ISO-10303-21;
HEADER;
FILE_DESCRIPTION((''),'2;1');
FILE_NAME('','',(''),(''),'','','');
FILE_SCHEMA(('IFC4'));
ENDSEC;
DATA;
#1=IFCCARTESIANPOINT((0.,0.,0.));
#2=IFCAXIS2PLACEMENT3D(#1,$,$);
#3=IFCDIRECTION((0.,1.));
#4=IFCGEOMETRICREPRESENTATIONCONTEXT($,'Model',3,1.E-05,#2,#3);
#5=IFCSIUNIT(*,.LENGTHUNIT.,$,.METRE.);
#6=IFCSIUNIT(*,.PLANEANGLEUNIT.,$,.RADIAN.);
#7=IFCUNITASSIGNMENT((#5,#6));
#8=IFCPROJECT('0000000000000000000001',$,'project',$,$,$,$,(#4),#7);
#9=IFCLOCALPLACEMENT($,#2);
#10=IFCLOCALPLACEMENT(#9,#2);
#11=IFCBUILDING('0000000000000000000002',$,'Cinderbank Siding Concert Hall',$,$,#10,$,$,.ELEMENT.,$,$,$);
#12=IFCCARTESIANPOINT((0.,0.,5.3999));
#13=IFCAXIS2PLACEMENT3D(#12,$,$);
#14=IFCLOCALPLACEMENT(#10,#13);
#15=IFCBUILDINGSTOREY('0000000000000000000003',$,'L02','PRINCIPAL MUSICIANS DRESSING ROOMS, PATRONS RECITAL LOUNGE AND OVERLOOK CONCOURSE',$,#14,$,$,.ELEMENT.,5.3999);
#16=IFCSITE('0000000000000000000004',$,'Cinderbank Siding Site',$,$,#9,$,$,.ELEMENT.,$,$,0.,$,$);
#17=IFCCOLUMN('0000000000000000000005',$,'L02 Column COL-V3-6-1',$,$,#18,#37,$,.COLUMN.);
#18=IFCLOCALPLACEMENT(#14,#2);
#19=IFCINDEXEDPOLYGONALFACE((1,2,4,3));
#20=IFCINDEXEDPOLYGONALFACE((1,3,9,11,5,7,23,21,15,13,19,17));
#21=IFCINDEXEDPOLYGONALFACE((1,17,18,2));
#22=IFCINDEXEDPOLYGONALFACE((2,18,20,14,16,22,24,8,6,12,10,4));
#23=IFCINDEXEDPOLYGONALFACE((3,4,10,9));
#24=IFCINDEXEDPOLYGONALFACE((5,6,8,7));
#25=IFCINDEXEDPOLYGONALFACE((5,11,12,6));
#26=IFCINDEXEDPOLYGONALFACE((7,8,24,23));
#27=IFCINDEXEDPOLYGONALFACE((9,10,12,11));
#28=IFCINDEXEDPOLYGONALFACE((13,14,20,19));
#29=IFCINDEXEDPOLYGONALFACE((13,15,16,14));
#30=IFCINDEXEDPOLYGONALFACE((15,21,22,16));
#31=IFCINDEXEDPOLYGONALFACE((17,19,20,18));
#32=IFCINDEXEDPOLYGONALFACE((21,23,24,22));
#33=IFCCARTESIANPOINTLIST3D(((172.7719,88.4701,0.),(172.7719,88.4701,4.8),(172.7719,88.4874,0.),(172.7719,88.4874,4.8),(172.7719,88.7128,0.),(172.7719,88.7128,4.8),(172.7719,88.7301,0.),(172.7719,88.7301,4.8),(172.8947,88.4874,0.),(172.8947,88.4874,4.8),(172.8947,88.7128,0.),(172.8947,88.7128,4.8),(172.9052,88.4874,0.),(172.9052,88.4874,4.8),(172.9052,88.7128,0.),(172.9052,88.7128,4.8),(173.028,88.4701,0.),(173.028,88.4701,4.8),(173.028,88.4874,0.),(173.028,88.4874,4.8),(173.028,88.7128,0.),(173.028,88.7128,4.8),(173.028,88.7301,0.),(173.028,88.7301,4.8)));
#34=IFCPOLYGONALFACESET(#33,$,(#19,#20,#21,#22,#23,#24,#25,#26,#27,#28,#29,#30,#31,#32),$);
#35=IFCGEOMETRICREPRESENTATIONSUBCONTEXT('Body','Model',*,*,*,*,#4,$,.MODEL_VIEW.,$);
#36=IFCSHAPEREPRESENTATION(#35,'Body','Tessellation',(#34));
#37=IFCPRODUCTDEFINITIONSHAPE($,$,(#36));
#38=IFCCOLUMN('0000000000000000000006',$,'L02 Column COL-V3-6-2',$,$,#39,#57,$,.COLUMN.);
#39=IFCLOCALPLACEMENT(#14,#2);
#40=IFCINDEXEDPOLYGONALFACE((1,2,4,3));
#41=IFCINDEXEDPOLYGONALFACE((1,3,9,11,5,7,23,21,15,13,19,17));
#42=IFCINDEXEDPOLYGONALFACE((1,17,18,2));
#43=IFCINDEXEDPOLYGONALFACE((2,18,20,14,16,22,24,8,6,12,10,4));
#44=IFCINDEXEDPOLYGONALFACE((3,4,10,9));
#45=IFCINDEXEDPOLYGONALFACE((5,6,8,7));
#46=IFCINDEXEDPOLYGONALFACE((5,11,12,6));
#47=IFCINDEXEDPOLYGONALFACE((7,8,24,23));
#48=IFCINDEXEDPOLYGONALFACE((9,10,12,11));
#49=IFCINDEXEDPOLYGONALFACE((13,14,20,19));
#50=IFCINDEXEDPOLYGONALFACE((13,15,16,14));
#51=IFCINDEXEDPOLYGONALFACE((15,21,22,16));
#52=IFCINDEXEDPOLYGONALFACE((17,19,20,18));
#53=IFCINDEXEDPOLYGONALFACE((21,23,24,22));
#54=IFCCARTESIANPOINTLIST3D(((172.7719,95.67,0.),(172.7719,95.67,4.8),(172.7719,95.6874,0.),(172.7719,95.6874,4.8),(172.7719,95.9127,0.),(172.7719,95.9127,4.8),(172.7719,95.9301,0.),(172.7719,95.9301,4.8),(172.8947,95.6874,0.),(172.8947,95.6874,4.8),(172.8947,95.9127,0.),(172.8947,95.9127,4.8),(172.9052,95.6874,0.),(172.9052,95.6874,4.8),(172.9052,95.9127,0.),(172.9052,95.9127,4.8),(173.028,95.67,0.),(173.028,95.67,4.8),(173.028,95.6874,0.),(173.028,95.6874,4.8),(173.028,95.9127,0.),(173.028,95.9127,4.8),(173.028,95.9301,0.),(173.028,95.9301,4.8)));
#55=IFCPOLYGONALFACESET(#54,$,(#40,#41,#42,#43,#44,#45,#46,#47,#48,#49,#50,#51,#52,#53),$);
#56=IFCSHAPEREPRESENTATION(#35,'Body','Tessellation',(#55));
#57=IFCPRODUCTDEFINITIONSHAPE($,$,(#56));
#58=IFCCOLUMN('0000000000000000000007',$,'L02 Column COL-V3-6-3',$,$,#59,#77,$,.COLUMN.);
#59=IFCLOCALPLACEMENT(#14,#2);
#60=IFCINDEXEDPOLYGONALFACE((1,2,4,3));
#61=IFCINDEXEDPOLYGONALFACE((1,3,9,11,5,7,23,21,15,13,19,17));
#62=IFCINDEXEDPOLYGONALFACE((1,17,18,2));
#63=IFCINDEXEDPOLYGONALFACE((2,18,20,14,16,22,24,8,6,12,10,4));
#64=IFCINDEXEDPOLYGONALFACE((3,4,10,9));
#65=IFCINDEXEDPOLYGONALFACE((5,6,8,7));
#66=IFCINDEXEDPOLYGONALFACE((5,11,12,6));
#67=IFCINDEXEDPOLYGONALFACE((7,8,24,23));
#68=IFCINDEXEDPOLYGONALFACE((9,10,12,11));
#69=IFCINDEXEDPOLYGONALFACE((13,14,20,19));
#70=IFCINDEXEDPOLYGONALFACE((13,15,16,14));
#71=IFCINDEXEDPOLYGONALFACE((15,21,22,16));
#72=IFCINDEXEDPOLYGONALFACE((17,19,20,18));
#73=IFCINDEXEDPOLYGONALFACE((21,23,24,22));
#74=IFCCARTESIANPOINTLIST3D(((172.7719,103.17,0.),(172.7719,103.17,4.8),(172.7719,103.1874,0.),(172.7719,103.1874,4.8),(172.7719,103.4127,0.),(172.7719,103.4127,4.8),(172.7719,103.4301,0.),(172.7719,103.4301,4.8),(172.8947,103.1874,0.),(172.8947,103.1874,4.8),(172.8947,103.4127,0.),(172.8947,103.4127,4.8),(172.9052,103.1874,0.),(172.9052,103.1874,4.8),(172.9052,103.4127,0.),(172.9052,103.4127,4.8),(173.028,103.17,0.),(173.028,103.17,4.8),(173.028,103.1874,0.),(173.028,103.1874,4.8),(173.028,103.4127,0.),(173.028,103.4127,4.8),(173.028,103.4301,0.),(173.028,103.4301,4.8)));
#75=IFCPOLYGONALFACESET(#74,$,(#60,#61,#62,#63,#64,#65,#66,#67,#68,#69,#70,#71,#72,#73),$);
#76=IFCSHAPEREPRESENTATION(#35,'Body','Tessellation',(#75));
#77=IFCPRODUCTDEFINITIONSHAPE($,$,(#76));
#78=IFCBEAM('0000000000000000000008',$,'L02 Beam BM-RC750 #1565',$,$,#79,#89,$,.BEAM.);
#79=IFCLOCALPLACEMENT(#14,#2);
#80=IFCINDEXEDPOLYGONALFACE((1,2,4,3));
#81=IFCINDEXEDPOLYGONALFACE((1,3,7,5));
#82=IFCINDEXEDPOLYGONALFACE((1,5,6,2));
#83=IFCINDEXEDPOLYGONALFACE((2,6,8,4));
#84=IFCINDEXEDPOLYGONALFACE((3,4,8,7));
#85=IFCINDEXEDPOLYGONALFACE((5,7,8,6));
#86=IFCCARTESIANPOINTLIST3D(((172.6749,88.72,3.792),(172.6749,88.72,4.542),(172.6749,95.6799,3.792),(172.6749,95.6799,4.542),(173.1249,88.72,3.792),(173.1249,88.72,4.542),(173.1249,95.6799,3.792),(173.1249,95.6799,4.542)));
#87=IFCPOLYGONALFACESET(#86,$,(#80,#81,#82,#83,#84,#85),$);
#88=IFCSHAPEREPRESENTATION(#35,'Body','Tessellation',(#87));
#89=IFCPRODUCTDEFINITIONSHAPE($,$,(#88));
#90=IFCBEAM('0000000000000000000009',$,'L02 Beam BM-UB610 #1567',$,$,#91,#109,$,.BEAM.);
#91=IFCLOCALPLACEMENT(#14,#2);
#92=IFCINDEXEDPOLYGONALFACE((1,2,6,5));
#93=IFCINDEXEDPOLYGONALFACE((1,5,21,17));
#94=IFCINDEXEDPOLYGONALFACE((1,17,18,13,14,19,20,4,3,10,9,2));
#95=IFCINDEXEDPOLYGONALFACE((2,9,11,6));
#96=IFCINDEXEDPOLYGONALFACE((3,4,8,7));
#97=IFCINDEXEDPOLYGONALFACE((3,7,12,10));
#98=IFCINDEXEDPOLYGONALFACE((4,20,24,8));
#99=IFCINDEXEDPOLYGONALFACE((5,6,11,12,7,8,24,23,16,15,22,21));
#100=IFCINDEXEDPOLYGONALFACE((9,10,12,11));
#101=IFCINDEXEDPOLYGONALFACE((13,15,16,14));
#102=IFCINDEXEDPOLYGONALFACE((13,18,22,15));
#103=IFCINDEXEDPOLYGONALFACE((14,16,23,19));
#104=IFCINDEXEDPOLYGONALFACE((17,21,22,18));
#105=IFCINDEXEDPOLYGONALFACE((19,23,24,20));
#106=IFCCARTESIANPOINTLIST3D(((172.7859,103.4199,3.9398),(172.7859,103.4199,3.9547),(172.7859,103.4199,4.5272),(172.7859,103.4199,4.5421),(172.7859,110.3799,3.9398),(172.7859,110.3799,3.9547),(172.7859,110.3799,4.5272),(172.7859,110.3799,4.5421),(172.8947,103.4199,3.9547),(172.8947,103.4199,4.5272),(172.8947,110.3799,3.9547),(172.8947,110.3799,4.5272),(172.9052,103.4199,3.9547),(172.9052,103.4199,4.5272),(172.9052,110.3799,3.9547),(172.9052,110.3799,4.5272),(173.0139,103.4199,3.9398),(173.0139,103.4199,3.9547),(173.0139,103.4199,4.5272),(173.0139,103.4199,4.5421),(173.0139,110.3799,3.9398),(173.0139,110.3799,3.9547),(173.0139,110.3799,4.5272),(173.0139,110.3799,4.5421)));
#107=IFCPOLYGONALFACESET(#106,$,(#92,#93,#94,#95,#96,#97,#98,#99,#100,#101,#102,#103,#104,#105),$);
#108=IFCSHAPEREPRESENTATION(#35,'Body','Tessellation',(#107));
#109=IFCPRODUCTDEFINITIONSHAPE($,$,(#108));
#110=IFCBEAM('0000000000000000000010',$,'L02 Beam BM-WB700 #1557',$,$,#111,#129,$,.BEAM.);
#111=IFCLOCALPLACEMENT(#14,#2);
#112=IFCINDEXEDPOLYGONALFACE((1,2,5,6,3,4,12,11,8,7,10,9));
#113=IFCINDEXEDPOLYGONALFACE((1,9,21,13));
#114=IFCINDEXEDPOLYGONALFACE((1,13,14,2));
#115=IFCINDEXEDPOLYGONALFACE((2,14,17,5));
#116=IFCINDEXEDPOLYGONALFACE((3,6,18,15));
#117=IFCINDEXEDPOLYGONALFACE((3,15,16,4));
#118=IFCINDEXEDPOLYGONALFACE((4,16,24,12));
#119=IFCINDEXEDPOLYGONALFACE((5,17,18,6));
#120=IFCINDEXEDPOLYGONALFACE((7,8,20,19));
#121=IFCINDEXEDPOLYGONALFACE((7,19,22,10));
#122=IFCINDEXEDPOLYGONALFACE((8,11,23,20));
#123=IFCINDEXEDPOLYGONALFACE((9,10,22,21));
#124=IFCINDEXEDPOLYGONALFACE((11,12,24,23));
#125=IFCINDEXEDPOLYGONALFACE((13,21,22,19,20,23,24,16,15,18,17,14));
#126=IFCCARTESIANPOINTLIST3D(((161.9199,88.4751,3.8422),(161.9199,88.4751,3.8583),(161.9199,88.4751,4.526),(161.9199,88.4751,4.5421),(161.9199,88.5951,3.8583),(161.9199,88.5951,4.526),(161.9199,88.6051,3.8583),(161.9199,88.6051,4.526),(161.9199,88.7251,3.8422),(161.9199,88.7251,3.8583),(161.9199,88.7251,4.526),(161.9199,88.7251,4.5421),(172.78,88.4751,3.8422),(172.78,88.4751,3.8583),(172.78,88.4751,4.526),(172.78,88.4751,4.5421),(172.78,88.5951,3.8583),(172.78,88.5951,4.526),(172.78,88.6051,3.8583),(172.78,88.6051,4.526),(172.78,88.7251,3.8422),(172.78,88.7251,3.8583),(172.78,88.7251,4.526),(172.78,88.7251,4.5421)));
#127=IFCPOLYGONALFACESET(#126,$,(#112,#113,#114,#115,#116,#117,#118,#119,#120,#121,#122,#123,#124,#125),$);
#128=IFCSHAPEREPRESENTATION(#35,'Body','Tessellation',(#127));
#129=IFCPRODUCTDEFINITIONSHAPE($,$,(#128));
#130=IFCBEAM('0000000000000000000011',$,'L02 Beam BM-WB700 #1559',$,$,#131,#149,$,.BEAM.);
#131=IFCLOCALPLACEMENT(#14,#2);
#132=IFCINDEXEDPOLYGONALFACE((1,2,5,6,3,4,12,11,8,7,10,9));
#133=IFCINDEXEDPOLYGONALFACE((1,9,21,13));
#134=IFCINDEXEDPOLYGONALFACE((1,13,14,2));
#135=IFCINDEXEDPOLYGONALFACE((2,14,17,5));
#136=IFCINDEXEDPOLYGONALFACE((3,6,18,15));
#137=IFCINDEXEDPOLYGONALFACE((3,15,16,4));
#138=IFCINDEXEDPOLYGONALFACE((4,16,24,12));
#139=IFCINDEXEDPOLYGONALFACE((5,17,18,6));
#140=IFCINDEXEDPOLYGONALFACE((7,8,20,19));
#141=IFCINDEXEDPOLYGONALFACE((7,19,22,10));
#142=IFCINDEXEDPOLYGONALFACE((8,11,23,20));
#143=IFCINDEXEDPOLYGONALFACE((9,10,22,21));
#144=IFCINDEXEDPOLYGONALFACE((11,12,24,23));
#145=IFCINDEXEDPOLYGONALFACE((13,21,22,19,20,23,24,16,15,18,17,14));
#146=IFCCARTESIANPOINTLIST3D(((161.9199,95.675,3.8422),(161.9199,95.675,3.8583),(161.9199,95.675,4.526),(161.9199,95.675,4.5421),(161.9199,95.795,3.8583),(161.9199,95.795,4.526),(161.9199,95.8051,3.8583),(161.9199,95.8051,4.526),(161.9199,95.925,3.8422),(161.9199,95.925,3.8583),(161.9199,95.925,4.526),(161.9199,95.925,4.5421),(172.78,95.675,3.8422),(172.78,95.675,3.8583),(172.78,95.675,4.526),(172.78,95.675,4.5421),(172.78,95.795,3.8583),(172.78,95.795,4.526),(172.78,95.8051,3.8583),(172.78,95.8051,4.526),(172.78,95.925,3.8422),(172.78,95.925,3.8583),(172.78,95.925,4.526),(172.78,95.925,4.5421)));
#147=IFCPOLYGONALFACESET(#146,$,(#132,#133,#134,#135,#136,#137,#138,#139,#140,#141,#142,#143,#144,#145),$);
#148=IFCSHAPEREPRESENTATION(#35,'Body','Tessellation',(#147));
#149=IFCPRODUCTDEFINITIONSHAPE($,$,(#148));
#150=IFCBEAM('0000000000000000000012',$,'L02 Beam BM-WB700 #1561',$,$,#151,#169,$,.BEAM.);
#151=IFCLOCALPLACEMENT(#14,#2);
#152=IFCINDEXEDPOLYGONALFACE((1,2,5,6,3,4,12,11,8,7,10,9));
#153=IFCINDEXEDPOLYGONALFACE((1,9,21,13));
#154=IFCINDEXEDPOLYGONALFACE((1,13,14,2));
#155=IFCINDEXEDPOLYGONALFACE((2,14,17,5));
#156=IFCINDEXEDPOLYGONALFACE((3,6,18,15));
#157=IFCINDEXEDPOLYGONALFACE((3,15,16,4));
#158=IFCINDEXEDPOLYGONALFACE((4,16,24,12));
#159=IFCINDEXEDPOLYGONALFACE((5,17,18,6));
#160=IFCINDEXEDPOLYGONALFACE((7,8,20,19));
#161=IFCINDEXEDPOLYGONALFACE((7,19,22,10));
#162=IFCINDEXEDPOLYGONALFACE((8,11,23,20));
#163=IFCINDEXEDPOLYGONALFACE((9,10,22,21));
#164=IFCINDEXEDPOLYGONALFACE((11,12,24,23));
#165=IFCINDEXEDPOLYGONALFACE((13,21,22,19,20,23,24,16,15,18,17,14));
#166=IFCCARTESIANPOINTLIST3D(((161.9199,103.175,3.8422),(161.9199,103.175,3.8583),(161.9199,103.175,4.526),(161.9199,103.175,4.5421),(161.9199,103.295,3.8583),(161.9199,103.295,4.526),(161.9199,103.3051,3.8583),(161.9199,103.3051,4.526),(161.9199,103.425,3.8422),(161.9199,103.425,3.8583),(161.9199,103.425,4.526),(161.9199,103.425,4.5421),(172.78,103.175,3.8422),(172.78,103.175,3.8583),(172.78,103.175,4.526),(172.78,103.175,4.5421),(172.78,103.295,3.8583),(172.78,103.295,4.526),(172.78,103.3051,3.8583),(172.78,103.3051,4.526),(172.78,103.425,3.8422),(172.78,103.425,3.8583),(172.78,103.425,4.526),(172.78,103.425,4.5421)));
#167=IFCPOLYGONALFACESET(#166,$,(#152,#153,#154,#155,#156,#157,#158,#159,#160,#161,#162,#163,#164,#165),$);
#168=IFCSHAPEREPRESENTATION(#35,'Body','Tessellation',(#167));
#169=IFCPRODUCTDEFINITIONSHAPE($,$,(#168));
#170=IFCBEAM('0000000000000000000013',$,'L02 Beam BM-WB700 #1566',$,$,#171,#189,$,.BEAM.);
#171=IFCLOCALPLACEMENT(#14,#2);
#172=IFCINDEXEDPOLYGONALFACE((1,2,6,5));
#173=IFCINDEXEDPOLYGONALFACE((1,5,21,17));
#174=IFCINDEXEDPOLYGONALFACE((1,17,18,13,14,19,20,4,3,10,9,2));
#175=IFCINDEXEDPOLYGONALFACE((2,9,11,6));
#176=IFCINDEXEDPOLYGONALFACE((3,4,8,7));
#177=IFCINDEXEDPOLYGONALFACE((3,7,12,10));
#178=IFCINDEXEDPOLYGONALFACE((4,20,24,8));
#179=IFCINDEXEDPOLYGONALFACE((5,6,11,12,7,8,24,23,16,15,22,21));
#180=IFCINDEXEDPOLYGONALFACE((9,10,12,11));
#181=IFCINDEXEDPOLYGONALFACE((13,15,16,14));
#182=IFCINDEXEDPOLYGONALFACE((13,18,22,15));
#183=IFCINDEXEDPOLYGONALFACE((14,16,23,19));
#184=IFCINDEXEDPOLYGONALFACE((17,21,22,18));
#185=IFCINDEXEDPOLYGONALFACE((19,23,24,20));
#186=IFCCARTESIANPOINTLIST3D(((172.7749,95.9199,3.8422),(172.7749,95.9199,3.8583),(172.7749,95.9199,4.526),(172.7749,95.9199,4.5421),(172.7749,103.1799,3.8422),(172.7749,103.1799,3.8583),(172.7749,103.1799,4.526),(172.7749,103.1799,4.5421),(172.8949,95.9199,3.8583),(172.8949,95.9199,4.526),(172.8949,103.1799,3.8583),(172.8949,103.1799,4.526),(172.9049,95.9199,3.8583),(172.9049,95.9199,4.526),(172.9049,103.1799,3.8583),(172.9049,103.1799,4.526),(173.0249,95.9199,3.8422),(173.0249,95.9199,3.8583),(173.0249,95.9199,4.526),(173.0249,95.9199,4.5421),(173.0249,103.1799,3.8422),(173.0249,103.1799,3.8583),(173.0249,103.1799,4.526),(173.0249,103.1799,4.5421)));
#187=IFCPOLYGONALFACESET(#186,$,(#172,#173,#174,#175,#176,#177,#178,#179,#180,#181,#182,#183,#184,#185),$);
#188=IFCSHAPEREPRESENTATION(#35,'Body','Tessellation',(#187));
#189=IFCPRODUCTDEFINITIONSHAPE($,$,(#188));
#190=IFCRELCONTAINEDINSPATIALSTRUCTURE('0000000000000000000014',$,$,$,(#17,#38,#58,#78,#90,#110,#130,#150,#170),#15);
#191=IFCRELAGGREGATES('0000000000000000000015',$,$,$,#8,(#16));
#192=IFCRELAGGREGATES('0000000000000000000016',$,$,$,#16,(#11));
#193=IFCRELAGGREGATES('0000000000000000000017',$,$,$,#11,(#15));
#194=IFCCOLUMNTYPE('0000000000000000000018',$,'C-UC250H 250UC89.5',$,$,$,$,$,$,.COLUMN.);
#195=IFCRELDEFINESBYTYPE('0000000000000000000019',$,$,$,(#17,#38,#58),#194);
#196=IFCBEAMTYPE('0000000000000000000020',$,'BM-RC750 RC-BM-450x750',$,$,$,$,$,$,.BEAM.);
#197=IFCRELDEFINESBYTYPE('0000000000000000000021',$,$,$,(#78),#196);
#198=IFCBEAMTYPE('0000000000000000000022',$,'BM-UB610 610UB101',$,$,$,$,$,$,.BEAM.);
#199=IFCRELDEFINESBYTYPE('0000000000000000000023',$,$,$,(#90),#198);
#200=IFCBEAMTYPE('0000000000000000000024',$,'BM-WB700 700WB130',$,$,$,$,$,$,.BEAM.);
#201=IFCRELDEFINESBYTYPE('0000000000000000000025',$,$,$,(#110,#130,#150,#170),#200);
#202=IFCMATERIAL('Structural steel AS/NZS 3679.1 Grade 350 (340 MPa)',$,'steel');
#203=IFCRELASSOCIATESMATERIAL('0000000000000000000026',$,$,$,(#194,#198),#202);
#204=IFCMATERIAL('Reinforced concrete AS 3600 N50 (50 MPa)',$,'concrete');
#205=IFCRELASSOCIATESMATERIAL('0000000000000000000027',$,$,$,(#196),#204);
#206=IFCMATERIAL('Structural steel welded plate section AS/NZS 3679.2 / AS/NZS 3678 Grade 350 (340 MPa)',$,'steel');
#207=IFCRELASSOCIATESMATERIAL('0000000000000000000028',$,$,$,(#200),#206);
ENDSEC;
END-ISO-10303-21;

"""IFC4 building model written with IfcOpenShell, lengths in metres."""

from ifc_helpers import new_model, si_unit, direction, frame, origin, origin_2d, place, context, subcontext, project, spatial, rectangle, i_section, extrude, material, material_profile, profile_set, type_object, element, save


model = new_model("IFC4")

# Units and contexts
model_context = context("Model", 3, precision=1e-05, world=origin(), true_north=direction((0.0, 1.0)))
body_context = subcontext(model_context, "Body", "Model", "MODEL_VIEW")
ifc_project = project(units=[si_unit("LENGTHUNIT", "METRE"), si_unit("PLANEANGLEUNIT", "RADIAN")], contexts=[model_context])

# Site, building, storey
site_placement = place(None, origin())
site = spatial("IfcSite", under=ifc_project, at=site_placement, Name="Cinderbank Siding Site", CompositionType="ELEMENT", RefElevation=0.0)
building_placement = place(site_placement, origin())
building = spatial("IfcBuilding", under=site, at=building_placement, Name="Cinderbank Siding Concert Hall", CompositionType="ELEMENT")
storey_placement = place(building_placement, frame((0.0, 0.0, 5.3999)))
storey = spatial("IfcBuildingStorey", under=building, at=storey_placement, Name="L02", Description="PRINCIPAL MUSICIANS DRESSING ROOMS, PATRONS RECITAL LOUNGE AND OVERLOOK CONCOURSE", CompositionType="ELEMENT", Elevation=5.3999)

# Columns
ifc_material_1 = material(Name="Structural steel AS/NZS 3679.1 Grade 350 (340 MPa)", Category="steel")
ifc_material_profile_1 = material_profile(ifc_material_1, i_section(OverallWidth=0.2561, OverallDepth=0.26, WebThickness=0.0105, FlangeThickness=0.0173, at=origin_2d()), Name="250UC89.5", Category="LoadBearing")
ifc_profile_set_1 = profile_set([ifc_material_profile_1], Name="Structural steel AS/NZS 3679.1 Grade 350 (340 MPa)")
column_type = type_object("IfcColumnType", Name="C-UC250H 250UC89.5", PredefinedType="COLUMN", material=ifc_profile_set_1)
for number, where, z_axis, x_axis, name in (
    (1, (172.8999, 88.6001, 0.0), (0.0, 0.0, 1.0), (1.0, 0.0, 0.0), "L02 Column COL-V3-6-1"),
    (2, (172.8999, 95.8, 0.0), (0.0, 0.0, 1.0), (1.0, 0.0, 0.0), "L02 Column COL-V3-6-2"),
    (3, (172.8999, 103.3, 0.0), (0.0, 0.0, 1.0), (1.0, 0.0, 0.0), "L02 Column COL-V3-6-3"),
):
    element("IfcColumn", number, at=place(storey_placement, frame(where, z_axis=z_axis, x_axis=x_axis)), inside=storey, type_object=column_type, Name=name, PredefinedType="COLUMN", context=body_context, shape_type="SweptSolid", body=[
        extrude(i_section(OverallWidth=0.2561, OverallDepth=0.26, WebThickness=0.0105, FlangeThickness=0.0173, at=origin_2d()), origin(), (0.0, 0.0, 1.0), 4.8),
    ])

# Beams
ifc_material_2 = material(Name="Reinforced concrete AS 3600 N50 (50 MPa)", Category="concrete")
ifc_material_profile_2 = material_profile(ifc_material_2, rectangle(XDim=0.45, YDim=0.75, at=origin_2d()), Name="RC-BM-450x750", Category="LoadBearing")
ifc_profile_set_2 = profile_set([ifc_material_profile_2], Name="Reinforced concrete AS 3600 N50 (50 MPa)")
beam_type_1 = type_object("IfcBeamType", Name="BM-RC750 RC-BM-450x750", PredefinedType="BEAM", material=ifc_profile_set_2)
beam_1_placement = place(storey_placement, frame((172.8999, 88.72, 4.167), z_axis=(0.0, 1.0, 0.0), x_axis=(-1.0, 0.0, 0.0)))
element("IfcBeam", 4, at=beam_1_placement, inside=storey, type_object=beam_type_1, Name="L02 Beam BM-RC750 #1565", PredefinedType="BEAM", context=body_context, shape_type="SweptSolid", body=[
    extrude(rectangle(XDim=0.45, YDim=0.75, at=origin_2d()), origin(), (0.0, 0.0, 1.0), 6.96),
])
ifc_material_profile_3 = material_profile(ifc_material_1, i_section(OverallWidth=0.228, OverallDepth=0.6023, WebThickness=0.0105, FlangeThickness=0.0149, at=origin_2d()), Name="610UB101", Category="LoadBearing")
ifc_profile_set_3 = profile_set([ifc_material_profile_3], Name="Structural steel AS/NZS 3679.1 Grade 350 (340 MPa)")
beam_type_2 = type_object("IfcBeamType", Name="BM-UB610 610UB101", PredefinedType="BEAM", material=ifc_profile_set_3)
beam_2_placement = place(storey_placement, frame((172.8999, 103.4199, 4.241), z_axis=(0.0, 1.0, 0.0), x_axis=(-1.0, 0.0, 0.0)))
element("IfcBeam", 5, at=beam_2_placement, inside=storey, type_object=beam_type_2, Name="L02 Beam BM-UB610 #1567", PredefinedType="BEAM", context=body_context, shape_type="SweptSolid", body=[
    extrude(i_section(OverallWidth=0.228, OverallDepth=0.6023, WebThickness=0.0105, FlangeThickness=0.0149, at=origin_2d()), origin(), (0.0, 0.0, 1.0), 6.96),
])
ifc_material_3 = material(Name="Structural steel welded plate section AS/NZS 3679.2 / AS/NZS 3678 Grade 350 (340 MPa)", Category="steel")
ifc_material_profile_4 = material_profile(ifc_material_3, i_section(OverallWidth=0.25, OverallDepth=0.7, WebThickness=0.01, FlangeThickness=0.0161, at=origin_2d()), Name="700WB130", Category="LoadBearing")
ifc_profile_set_4 = profile_set([ifc_material_profile_4], Name="Structural steel welded plate section AS/NZS 3679.2 / AS/NZS 3678 Grade 350 (340 MPa)")
beam_type_3 = type_object("IfcBeamType", Name="BM-WB700 700WB130", PredefinedType="BEAM", material=ifc_profile_set_4)
for number, where, z_axis, x_axis, name in (
    (6, (161.9199, 88.6001, 4.1921), (1.0, 0.0, 0.0), (0.0, 1.0, 0.0), "L02 Beam BM-WB700 #1557"),
    (7, (161.9199, 95.8, 4.1921), (1.0, 0.0, 0.0), (0.0, 1.0, 0.0), "L02 Beam BM-WB700 #1559"),
    (8, (161.9199, 103.3, 4.1921), (1.0, 0.0, 0.0), (0.0, 1.0, 0.0), "L02 Beam BM-WB700 #1561"),
):
    element("IfcBeam", number, at=place(storey_placement, frame(where, z_axis=z_axis, x_axis=x_axis)), inside=storey, type_object=beam_type_3, Name=name, PredefinedType="BEAM", context=body_context, shape_type="SweptSolid", body=[
        extrude(i_section(OverallWidth=0.25, OverallDepth=0.7, WebThickness=0.01, FlangeThickness=0.0161, at=origin_2d()), origin(), (0.0, 0.0, 1.0), 10.8601),
    ])
beam_3_placement = place(storey_placement, frame((172.8999, 95.9199, 4.1921), z_axis=(0.0, 1.0, 0.0), x_axis=(-1.0, 0.0, 0.0)))
element("IfcBeam", 9, at=beam_3_placement, inside=storey, type_object=beam_type_3, Name="L02 Beam BM-WB700 #1566", PredefinedType="BEAM", context=body_context, shape_type="SweptSolid", body=[
    extrude(i_section(OverallWidth=0.25, OverallDepth=0.7, WebThickness=0.01, FlangeThickness=0.0161, at=origin_2d()), origin(), (0.0, 0.0, 1.0), 7.26),
])

save(model, "model.ifc")
